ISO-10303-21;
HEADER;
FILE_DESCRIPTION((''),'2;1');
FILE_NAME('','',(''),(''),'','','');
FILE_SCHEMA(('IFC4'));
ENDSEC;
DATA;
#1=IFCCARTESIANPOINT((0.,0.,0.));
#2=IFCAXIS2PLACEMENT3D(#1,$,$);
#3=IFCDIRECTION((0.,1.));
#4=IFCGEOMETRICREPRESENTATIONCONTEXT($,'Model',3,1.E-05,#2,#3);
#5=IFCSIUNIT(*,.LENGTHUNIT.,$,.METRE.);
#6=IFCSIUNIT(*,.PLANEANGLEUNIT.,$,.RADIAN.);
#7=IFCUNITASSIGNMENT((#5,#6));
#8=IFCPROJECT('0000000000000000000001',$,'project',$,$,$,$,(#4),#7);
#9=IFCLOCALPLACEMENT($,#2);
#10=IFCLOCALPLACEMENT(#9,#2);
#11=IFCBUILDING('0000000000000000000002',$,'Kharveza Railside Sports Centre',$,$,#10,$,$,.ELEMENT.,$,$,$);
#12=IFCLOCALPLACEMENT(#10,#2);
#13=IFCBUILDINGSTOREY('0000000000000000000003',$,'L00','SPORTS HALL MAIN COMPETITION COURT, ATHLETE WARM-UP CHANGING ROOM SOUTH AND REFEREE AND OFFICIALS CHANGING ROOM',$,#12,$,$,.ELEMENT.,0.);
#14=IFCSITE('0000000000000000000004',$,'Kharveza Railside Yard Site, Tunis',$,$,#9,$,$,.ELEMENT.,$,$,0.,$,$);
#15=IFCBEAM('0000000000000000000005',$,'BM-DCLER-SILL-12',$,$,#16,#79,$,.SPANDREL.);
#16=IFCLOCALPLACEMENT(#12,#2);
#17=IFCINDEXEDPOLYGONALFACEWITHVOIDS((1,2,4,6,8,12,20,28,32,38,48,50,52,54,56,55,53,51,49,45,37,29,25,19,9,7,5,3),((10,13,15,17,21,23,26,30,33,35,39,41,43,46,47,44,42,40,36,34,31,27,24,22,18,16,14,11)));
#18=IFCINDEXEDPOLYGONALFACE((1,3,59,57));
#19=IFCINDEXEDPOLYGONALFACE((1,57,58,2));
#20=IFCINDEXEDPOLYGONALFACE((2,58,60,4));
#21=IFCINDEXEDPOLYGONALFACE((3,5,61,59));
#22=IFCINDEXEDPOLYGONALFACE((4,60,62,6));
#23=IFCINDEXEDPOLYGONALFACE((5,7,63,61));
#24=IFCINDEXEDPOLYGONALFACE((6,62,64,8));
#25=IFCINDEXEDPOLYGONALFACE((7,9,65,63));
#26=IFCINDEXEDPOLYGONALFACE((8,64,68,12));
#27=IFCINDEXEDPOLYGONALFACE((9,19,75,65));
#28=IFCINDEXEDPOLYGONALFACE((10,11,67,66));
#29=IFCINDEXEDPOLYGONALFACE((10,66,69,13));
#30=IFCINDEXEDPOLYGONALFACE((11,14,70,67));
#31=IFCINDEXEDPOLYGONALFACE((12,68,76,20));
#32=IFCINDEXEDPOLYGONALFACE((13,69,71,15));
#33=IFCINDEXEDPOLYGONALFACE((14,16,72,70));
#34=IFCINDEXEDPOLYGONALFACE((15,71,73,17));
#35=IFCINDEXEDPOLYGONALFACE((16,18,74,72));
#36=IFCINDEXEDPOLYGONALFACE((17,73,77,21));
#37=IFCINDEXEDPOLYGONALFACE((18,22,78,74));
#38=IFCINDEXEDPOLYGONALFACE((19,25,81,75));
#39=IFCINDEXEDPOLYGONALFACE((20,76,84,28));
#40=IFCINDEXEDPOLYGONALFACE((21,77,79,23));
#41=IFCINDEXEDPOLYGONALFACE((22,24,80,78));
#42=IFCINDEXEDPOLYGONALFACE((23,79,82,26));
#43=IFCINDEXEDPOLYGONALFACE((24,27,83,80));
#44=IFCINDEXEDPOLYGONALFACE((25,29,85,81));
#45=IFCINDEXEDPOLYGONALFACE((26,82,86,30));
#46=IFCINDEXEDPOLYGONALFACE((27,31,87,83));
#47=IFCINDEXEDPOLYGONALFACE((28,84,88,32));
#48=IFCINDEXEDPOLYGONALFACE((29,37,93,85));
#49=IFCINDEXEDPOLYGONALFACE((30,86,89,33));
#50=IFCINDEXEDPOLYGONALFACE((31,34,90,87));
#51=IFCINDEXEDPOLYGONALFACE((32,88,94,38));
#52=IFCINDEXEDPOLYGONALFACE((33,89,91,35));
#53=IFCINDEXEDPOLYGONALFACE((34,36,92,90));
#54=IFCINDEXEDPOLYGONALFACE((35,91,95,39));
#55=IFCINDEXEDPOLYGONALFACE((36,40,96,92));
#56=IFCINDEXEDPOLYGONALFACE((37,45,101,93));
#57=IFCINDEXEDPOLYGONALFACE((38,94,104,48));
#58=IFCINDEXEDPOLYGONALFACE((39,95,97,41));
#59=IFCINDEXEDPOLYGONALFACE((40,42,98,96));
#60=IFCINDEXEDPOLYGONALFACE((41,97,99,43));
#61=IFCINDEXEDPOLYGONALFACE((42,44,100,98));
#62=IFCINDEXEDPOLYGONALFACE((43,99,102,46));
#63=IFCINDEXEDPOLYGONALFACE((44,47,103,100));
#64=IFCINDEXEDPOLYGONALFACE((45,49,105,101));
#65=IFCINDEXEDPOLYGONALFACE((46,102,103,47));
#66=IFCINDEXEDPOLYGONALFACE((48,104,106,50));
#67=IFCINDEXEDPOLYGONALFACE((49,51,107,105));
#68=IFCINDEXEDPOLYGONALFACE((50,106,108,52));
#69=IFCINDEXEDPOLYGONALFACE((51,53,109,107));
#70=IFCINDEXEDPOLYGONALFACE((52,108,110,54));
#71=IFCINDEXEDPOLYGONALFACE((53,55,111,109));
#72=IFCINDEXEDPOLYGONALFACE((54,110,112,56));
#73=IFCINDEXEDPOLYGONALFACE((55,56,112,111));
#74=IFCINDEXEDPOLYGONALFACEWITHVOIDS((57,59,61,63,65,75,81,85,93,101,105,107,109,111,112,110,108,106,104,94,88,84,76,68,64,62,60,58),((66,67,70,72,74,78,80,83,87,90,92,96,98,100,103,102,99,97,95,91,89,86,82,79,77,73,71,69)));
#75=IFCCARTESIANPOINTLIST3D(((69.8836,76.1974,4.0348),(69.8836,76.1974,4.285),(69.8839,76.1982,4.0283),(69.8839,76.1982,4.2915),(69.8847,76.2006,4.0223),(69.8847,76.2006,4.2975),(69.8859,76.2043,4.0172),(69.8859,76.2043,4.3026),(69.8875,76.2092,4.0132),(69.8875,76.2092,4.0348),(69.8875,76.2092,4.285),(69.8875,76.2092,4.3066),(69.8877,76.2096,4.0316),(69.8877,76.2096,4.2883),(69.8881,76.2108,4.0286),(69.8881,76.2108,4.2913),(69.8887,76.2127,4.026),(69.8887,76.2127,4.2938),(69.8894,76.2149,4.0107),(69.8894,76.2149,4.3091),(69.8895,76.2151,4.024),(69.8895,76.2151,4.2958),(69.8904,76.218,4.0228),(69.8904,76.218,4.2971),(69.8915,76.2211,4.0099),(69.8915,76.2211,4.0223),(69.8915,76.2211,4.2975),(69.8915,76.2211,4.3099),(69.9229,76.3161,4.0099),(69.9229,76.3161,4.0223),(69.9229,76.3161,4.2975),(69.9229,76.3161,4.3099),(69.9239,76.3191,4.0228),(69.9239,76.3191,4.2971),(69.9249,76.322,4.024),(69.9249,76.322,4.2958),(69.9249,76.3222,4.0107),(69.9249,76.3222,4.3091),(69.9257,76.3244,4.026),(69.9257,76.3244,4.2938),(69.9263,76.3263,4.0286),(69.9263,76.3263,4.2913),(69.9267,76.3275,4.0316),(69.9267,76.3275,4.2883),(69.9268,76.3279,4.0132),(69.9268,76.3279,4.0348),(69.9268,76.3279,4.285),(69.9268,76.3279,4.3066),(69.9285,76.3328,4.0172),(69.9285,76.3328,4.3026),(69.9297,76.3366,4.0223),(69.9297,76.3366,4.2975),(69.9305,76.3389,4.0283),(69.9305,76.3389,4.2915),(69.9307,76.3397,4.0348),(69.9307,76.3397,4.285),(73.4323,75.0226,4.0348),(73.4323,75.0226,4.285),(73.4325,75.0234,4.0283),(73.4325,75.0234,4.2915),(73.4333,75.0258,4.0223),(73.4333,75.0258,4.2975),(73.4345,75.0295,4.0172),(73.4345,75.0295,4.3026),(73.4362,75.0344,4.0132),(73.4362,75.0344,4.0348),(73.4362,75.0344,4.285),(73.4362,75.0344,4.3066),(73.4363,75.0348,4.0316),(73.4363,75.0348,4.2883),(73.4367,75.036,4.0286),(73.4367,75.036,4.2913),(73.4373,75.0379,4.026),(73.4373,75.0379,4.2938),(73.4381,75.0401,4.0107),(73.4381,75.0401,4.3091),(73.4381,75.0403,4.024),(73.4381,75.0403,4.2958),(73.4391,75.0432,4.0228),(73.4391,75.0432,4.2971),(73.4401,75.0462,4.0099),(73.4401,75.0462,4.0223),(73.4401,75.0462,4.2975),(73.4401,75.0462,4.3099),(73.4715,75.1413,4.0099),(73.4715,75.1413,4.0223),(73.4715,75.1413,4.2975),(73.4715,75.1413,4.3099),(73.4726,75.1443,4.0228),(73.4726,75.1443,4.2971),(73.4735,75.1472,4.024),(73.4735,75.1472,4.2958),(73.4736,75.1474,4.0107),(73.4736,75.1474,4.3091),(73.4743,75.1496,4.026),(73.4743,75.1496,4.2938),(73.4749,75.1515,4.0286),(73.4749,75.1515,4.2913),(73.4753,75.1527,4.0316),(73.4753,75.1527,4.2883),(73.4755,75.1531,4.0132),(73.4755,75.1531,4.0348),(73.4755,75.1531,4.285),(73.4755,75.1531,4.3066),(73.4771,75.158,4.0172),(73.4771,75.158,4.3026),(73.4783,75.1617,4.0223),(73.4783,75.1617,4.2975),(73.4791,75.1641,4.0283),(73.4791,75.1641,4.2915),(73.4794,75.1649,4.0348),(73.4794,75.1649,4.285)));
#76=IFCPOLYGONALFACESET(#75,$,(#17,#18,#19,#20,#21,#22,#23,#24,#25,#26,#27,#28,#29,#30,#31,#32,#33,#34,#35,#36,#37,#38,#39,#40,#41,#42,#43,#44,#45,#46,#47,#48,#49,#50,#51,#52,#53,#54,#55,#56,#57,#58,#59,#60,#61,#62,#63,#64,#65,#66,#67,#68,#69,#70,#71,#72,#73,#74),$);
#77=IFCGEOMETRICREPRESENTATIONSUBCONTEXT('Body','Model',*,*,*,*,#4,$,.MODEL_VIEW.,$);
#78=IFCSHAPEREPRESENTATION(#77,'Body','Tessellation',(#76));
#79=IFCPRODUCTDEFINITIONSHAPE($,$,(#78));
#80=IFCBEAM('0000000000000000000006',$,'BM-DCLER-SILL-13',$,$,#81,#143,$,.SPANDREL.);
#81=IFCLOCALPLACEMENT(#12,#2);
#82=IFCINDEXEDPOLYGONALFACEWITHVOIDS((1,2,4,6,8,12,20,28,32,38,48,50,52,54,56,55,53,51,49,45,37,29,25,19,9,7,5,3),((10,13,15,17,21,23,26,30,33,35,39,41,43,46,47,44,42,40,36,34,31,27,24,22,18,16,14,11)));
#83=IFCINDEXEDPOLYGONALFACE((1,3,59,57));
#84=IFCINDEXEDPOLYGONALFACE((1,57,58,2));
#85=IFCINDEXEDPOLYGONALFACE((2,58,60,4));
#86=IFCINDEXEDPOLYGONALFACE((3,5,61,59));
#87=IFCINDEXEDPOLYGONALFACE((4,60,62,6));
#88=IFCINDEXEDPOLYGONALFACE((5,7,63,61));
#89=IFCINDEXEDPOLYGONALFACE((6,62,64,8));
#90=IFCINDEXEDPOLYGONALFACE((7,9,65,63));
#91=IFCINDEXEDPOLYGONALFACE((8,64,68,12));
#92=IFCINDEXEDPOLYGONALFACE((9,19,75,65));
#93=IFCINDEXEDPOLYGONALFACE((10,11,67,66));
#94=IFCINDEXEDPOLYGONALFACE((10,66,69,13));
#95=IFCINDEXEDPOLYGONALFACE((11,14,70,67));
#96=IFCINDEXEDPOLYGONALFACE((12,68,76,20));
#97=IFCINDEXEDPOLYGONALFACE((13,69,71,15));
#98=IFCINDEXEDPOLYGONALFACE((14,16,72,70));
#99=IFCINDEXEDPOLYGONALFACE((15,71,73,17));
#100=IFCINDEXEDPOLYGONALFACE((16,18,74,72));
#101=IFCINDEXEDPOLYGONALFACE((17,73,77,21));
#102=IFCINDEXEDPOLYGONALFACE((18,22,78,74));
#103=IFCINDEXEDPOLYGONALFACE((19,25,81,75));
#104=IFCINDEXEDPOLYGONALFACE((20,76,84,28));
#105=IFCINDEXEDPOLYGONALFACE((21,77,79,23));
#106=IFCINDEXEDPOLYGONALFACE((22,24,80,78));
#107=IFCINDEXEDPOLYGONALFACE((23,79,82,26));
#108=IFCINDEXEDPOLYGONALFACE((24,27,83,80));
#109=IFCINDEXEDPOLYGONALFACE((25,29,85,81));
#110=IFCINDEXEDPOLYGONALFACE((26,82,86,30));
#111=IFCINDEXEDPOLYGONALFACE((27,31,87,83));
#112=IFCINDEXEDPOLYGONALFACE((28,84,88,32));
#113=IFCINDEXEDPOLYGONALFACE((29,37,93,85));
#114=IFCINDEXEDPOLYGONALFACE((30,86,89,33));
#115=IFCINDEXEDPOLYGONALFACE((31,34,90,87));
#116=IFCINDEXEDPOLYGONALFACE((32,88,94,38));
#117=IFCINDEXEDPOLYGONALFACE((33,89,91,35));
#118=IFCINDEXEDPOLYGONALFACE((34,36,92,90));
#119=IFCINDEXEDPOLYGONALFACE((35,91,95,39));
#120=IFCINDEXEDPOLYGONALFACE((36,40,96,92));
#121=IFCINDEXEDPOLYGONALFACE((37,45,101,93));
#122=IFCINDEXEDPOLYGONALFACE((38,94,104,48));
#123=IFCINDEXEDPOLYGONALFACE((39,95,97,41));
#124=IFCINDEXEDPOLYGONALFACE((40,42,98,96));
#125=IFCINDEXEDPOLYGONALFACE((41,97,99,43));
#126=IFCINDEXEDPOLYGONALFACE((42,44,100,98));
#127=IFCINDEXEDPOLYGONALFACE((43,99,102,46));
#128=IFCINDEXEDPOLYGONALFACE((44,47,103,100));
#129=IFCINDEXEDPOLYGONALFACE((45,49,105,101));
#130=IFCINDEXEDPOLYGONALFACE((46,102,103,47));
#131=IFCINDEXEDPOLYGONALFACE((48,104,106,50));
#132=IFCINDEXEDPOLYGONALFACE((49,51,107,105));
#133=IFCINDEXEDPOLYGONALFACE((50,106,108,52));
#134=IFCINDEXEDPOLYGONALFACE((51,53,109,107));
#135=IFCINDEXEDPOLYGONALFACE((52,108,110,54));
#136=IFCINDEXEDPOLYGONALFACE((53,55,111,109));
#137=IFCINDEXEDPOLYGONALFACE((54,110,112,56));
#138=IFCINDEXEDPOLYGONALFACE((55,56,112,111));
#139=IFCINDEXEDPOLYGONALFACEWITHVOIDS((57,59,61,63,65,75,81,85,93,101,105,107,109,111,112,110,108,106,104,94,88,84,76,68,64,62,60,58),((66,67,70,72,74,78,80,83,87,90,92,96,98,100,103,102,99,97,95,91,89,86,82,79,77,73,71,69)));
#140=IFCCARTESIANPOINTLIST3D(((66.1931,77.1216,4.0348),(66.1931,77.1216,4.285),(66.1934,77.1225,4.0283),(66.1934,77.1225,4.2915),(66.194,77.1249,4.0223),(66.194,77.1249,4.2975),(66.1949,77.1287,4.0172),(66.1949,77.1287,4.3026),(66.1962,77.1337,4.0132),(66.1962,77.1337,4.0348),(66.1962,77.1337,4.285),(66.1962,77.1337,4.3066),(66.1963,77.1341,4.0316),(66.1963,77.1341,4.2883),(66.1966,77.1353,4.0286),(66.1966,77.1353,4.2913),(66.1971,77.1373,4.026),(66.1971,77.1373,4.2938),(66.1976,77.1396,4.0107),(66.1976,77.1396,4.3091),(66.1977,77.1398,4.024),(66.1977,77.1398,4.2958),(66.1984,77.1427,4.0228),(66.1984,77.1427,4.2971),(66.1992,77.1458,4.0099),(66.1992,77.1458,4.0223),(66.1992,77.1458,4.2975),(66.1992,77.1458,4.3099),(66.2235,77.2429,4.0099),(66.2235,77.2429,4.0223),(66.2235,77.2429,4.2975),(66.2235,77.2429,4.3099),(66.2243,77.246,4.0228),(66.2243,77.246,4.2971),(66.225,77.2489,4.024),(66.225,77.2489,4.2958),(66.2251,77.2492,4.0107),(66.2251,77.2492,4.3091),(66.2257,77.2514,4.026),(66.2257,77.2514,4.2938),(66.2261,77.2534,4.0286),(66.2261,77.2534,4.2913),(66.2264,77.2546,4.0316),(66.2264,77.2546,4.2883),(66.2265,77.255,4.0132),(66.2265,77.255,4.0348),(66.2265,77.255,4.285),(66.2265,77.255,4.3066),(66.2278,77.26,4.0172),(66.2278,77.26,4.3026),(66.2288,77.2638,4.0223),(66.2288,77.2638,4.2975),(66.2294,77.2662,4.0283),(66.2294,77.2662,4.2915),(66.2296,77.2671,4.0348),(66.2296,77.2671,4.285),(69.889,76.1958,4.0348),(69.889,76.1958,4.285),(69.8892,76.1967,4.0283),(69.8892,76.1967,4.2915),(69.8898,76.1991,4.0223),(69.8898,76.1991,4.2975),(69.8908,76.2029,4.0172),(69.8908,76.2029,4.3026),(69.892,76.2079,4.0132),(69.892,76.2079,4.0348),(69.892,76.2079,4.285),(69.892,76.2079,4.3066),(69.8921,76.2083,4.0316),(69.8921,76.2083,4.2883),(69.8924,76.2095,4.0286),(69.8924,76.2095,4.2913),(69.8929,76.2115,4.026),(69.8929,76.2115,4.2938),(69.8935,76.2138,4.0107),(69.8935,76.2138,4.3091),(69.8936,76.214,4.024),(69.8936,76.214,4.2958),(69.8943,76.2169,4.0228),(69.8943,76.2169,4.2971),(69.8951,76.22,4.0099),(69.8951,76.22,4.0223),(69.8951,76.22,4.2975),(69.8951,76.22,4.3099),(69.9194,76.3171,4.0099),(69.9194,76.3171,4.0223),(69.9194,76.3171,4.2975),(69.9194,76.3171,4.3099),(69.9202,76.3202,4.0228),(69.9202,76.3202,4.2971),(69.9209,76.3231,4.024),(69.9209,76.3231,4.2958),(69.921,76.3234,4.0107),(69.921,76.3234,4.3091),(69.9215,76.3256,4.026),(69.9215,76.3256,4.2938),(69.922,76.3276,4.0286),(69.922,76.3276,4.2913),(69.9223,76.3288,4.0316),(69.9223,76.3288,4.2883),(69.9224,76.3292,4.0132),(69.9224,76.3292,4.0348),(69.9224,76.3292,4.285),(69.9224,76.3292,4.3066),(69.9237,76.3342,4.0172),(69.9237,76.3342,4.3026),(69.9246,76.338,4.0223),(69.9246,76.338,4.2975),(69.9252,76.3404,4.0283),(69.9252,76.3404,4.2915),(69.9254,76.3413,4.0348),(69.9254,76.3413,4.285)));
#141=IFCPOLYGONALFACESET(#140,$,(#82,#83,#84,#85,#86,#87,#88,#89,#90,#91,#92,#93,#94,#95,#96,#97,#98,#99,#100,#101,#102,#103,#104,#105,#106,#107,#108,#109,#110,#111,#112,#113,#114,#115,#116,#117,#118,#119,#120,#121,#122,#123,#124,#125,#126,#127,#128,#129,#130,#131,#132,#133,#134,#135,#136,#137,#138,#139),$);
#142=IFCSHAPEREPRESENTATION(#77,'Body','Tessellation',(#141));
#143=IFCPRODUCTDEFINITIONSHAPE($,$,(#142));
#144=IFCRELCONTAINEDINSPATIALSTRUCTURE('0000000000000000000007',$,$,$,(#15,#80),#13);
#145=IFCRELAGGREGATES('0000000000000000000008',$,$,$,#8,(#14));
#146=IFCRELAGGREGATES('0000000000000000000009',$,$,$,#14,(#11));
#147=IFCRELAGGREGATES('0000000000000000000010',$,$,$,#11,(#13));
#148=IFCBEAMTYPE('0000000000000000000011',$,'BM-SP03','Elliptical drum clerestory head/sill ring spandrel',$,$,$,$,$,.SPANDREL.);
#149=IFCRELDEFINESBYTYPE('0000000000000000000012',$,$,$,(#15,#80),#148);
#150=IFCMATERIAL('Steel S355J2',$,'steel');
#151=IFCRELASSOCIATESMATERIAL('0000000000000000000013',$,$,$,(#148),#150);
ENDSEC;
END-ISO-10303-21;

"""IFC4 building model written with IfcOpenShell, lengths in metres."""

from ifc_helpers import new_model, si_unit, direction, frame, origin, origin_2d, place, context, subcontext, project, spatial, hollow_rectangle, extrude, material, material_profile, profile_set, type_object, element, save


model = new_model("IFC4")

# Units and contexts
model_context = context("Model", 3, precision=1e-05, world=origin(), true_north=direction((0.0, 1.0)))
body_context = subcontext(model_context, "Body", "Model", "MODEL_VIEW")
ifc_project = project(units=[si_unit("LENGTHUNIT", "METRE"), si_unit("PLANEANGLEUNIT", "RADIAN")], contexts=[model_context])

# Site, building, storey
site_placement = place(None, origin())
site = spatial("IfcSite", under=ifc_project, at=site_placement, Name="Kharveza Railside Yard Site, Tunis", CompositionType="ELEMENT", RefElevation=0.0)
building_placement = place(site_placement, origin())
building = spatial("IfcBuilding", under=site, at=building_placement, Name="Kharveza Railside Sports Centre", CompositionType="ELEMENT")
storey_placement = place(building_placement, origin())
storey = spatial("IfcBuildingStorey", under=building, at=storey_placement, Name="L00", Description="SPORTS HALL MAIN COMPETITION COURT, ATHLETE WARM-UP CHANGING ROOM SOUTH AND REFEREE AND OFFICIALS CHANGING ROOM", CompositionType="ELEMENT", Elevation=0.0)

# Shared definitions
ifc_material_1 = material(Name="Steel S355J2", Category="steel")

# Beams
ifc_material_profile_1 = material_profile(ifc_material_1, hollow_rectangle(XDim=0.1499, YDim=0.3, WallThickness=0.0125, InnerFilletRadius=0.0125, OuterFilletRadius=0.0249, at=origin_2d()), Name="RHS 150x300x12.5")
ifc_profile_set_1 = profile_set([ifc_material_profile_1], Name="Steel S355J2")
beam_type_1 = type_object("IfcBeamType", Name="BM-SP03", Description="Elliptical drum clerestory head/sill ring spandrel", PredefinedType="SPANDREL", material=ifc_profile_set_1)
beam_1_placement = place(storey_placement, frame((73.4558, 75.0938, 4.1599), z_axis=(-0.949328, 0.314287, 0.0), x_axis=(-0.314287, -0.949328, 0.0)))
element("IfcBeam", 1, at=beam_1_placement, inside=storey, type_object=beam_type_1, Name="BM-DCLER-SILL-12", PredefinedType="SPANDREL", context=body_context, shape_type="SweptSolid", body=[
    extrude(hollow_rectangle(XDim=0.1499, YDim=0.3, WallThickness=0.0125, InnerFilletRadius=0.0125, OuterFilletRadius=0.0249, at=origin_2d()), origin(), (0.0, 0.0, 1.0), 3.738),
])
beam_2_placement = place(storey_placement, frame((69.9072, 76.2686, 4.1599), z_axis=(-0.970029, 0.242988, 0.0), x_axis=(-0.242988, -0.970029, 0.0)))
element("IfcBeam", 2, at=beam_2_placement, inside=storey, type_object=beam_type_1, Name="BM-DCLER-SILL-13", PredefinedType="SPANDREL", context=body_context, shape_type="SweptSolid", body=[
    extrude(hollow_rectangle(XDim=0.1499, YDim=0.3, WallThickness=0.0125, InnerFilletRadius=0.0125, OuterFilletRadius=0.0249, at=origin_2d()), origin(), (0.0, 0.0, 1.0), 3.8101),
])

save(model, "model.ifc")
